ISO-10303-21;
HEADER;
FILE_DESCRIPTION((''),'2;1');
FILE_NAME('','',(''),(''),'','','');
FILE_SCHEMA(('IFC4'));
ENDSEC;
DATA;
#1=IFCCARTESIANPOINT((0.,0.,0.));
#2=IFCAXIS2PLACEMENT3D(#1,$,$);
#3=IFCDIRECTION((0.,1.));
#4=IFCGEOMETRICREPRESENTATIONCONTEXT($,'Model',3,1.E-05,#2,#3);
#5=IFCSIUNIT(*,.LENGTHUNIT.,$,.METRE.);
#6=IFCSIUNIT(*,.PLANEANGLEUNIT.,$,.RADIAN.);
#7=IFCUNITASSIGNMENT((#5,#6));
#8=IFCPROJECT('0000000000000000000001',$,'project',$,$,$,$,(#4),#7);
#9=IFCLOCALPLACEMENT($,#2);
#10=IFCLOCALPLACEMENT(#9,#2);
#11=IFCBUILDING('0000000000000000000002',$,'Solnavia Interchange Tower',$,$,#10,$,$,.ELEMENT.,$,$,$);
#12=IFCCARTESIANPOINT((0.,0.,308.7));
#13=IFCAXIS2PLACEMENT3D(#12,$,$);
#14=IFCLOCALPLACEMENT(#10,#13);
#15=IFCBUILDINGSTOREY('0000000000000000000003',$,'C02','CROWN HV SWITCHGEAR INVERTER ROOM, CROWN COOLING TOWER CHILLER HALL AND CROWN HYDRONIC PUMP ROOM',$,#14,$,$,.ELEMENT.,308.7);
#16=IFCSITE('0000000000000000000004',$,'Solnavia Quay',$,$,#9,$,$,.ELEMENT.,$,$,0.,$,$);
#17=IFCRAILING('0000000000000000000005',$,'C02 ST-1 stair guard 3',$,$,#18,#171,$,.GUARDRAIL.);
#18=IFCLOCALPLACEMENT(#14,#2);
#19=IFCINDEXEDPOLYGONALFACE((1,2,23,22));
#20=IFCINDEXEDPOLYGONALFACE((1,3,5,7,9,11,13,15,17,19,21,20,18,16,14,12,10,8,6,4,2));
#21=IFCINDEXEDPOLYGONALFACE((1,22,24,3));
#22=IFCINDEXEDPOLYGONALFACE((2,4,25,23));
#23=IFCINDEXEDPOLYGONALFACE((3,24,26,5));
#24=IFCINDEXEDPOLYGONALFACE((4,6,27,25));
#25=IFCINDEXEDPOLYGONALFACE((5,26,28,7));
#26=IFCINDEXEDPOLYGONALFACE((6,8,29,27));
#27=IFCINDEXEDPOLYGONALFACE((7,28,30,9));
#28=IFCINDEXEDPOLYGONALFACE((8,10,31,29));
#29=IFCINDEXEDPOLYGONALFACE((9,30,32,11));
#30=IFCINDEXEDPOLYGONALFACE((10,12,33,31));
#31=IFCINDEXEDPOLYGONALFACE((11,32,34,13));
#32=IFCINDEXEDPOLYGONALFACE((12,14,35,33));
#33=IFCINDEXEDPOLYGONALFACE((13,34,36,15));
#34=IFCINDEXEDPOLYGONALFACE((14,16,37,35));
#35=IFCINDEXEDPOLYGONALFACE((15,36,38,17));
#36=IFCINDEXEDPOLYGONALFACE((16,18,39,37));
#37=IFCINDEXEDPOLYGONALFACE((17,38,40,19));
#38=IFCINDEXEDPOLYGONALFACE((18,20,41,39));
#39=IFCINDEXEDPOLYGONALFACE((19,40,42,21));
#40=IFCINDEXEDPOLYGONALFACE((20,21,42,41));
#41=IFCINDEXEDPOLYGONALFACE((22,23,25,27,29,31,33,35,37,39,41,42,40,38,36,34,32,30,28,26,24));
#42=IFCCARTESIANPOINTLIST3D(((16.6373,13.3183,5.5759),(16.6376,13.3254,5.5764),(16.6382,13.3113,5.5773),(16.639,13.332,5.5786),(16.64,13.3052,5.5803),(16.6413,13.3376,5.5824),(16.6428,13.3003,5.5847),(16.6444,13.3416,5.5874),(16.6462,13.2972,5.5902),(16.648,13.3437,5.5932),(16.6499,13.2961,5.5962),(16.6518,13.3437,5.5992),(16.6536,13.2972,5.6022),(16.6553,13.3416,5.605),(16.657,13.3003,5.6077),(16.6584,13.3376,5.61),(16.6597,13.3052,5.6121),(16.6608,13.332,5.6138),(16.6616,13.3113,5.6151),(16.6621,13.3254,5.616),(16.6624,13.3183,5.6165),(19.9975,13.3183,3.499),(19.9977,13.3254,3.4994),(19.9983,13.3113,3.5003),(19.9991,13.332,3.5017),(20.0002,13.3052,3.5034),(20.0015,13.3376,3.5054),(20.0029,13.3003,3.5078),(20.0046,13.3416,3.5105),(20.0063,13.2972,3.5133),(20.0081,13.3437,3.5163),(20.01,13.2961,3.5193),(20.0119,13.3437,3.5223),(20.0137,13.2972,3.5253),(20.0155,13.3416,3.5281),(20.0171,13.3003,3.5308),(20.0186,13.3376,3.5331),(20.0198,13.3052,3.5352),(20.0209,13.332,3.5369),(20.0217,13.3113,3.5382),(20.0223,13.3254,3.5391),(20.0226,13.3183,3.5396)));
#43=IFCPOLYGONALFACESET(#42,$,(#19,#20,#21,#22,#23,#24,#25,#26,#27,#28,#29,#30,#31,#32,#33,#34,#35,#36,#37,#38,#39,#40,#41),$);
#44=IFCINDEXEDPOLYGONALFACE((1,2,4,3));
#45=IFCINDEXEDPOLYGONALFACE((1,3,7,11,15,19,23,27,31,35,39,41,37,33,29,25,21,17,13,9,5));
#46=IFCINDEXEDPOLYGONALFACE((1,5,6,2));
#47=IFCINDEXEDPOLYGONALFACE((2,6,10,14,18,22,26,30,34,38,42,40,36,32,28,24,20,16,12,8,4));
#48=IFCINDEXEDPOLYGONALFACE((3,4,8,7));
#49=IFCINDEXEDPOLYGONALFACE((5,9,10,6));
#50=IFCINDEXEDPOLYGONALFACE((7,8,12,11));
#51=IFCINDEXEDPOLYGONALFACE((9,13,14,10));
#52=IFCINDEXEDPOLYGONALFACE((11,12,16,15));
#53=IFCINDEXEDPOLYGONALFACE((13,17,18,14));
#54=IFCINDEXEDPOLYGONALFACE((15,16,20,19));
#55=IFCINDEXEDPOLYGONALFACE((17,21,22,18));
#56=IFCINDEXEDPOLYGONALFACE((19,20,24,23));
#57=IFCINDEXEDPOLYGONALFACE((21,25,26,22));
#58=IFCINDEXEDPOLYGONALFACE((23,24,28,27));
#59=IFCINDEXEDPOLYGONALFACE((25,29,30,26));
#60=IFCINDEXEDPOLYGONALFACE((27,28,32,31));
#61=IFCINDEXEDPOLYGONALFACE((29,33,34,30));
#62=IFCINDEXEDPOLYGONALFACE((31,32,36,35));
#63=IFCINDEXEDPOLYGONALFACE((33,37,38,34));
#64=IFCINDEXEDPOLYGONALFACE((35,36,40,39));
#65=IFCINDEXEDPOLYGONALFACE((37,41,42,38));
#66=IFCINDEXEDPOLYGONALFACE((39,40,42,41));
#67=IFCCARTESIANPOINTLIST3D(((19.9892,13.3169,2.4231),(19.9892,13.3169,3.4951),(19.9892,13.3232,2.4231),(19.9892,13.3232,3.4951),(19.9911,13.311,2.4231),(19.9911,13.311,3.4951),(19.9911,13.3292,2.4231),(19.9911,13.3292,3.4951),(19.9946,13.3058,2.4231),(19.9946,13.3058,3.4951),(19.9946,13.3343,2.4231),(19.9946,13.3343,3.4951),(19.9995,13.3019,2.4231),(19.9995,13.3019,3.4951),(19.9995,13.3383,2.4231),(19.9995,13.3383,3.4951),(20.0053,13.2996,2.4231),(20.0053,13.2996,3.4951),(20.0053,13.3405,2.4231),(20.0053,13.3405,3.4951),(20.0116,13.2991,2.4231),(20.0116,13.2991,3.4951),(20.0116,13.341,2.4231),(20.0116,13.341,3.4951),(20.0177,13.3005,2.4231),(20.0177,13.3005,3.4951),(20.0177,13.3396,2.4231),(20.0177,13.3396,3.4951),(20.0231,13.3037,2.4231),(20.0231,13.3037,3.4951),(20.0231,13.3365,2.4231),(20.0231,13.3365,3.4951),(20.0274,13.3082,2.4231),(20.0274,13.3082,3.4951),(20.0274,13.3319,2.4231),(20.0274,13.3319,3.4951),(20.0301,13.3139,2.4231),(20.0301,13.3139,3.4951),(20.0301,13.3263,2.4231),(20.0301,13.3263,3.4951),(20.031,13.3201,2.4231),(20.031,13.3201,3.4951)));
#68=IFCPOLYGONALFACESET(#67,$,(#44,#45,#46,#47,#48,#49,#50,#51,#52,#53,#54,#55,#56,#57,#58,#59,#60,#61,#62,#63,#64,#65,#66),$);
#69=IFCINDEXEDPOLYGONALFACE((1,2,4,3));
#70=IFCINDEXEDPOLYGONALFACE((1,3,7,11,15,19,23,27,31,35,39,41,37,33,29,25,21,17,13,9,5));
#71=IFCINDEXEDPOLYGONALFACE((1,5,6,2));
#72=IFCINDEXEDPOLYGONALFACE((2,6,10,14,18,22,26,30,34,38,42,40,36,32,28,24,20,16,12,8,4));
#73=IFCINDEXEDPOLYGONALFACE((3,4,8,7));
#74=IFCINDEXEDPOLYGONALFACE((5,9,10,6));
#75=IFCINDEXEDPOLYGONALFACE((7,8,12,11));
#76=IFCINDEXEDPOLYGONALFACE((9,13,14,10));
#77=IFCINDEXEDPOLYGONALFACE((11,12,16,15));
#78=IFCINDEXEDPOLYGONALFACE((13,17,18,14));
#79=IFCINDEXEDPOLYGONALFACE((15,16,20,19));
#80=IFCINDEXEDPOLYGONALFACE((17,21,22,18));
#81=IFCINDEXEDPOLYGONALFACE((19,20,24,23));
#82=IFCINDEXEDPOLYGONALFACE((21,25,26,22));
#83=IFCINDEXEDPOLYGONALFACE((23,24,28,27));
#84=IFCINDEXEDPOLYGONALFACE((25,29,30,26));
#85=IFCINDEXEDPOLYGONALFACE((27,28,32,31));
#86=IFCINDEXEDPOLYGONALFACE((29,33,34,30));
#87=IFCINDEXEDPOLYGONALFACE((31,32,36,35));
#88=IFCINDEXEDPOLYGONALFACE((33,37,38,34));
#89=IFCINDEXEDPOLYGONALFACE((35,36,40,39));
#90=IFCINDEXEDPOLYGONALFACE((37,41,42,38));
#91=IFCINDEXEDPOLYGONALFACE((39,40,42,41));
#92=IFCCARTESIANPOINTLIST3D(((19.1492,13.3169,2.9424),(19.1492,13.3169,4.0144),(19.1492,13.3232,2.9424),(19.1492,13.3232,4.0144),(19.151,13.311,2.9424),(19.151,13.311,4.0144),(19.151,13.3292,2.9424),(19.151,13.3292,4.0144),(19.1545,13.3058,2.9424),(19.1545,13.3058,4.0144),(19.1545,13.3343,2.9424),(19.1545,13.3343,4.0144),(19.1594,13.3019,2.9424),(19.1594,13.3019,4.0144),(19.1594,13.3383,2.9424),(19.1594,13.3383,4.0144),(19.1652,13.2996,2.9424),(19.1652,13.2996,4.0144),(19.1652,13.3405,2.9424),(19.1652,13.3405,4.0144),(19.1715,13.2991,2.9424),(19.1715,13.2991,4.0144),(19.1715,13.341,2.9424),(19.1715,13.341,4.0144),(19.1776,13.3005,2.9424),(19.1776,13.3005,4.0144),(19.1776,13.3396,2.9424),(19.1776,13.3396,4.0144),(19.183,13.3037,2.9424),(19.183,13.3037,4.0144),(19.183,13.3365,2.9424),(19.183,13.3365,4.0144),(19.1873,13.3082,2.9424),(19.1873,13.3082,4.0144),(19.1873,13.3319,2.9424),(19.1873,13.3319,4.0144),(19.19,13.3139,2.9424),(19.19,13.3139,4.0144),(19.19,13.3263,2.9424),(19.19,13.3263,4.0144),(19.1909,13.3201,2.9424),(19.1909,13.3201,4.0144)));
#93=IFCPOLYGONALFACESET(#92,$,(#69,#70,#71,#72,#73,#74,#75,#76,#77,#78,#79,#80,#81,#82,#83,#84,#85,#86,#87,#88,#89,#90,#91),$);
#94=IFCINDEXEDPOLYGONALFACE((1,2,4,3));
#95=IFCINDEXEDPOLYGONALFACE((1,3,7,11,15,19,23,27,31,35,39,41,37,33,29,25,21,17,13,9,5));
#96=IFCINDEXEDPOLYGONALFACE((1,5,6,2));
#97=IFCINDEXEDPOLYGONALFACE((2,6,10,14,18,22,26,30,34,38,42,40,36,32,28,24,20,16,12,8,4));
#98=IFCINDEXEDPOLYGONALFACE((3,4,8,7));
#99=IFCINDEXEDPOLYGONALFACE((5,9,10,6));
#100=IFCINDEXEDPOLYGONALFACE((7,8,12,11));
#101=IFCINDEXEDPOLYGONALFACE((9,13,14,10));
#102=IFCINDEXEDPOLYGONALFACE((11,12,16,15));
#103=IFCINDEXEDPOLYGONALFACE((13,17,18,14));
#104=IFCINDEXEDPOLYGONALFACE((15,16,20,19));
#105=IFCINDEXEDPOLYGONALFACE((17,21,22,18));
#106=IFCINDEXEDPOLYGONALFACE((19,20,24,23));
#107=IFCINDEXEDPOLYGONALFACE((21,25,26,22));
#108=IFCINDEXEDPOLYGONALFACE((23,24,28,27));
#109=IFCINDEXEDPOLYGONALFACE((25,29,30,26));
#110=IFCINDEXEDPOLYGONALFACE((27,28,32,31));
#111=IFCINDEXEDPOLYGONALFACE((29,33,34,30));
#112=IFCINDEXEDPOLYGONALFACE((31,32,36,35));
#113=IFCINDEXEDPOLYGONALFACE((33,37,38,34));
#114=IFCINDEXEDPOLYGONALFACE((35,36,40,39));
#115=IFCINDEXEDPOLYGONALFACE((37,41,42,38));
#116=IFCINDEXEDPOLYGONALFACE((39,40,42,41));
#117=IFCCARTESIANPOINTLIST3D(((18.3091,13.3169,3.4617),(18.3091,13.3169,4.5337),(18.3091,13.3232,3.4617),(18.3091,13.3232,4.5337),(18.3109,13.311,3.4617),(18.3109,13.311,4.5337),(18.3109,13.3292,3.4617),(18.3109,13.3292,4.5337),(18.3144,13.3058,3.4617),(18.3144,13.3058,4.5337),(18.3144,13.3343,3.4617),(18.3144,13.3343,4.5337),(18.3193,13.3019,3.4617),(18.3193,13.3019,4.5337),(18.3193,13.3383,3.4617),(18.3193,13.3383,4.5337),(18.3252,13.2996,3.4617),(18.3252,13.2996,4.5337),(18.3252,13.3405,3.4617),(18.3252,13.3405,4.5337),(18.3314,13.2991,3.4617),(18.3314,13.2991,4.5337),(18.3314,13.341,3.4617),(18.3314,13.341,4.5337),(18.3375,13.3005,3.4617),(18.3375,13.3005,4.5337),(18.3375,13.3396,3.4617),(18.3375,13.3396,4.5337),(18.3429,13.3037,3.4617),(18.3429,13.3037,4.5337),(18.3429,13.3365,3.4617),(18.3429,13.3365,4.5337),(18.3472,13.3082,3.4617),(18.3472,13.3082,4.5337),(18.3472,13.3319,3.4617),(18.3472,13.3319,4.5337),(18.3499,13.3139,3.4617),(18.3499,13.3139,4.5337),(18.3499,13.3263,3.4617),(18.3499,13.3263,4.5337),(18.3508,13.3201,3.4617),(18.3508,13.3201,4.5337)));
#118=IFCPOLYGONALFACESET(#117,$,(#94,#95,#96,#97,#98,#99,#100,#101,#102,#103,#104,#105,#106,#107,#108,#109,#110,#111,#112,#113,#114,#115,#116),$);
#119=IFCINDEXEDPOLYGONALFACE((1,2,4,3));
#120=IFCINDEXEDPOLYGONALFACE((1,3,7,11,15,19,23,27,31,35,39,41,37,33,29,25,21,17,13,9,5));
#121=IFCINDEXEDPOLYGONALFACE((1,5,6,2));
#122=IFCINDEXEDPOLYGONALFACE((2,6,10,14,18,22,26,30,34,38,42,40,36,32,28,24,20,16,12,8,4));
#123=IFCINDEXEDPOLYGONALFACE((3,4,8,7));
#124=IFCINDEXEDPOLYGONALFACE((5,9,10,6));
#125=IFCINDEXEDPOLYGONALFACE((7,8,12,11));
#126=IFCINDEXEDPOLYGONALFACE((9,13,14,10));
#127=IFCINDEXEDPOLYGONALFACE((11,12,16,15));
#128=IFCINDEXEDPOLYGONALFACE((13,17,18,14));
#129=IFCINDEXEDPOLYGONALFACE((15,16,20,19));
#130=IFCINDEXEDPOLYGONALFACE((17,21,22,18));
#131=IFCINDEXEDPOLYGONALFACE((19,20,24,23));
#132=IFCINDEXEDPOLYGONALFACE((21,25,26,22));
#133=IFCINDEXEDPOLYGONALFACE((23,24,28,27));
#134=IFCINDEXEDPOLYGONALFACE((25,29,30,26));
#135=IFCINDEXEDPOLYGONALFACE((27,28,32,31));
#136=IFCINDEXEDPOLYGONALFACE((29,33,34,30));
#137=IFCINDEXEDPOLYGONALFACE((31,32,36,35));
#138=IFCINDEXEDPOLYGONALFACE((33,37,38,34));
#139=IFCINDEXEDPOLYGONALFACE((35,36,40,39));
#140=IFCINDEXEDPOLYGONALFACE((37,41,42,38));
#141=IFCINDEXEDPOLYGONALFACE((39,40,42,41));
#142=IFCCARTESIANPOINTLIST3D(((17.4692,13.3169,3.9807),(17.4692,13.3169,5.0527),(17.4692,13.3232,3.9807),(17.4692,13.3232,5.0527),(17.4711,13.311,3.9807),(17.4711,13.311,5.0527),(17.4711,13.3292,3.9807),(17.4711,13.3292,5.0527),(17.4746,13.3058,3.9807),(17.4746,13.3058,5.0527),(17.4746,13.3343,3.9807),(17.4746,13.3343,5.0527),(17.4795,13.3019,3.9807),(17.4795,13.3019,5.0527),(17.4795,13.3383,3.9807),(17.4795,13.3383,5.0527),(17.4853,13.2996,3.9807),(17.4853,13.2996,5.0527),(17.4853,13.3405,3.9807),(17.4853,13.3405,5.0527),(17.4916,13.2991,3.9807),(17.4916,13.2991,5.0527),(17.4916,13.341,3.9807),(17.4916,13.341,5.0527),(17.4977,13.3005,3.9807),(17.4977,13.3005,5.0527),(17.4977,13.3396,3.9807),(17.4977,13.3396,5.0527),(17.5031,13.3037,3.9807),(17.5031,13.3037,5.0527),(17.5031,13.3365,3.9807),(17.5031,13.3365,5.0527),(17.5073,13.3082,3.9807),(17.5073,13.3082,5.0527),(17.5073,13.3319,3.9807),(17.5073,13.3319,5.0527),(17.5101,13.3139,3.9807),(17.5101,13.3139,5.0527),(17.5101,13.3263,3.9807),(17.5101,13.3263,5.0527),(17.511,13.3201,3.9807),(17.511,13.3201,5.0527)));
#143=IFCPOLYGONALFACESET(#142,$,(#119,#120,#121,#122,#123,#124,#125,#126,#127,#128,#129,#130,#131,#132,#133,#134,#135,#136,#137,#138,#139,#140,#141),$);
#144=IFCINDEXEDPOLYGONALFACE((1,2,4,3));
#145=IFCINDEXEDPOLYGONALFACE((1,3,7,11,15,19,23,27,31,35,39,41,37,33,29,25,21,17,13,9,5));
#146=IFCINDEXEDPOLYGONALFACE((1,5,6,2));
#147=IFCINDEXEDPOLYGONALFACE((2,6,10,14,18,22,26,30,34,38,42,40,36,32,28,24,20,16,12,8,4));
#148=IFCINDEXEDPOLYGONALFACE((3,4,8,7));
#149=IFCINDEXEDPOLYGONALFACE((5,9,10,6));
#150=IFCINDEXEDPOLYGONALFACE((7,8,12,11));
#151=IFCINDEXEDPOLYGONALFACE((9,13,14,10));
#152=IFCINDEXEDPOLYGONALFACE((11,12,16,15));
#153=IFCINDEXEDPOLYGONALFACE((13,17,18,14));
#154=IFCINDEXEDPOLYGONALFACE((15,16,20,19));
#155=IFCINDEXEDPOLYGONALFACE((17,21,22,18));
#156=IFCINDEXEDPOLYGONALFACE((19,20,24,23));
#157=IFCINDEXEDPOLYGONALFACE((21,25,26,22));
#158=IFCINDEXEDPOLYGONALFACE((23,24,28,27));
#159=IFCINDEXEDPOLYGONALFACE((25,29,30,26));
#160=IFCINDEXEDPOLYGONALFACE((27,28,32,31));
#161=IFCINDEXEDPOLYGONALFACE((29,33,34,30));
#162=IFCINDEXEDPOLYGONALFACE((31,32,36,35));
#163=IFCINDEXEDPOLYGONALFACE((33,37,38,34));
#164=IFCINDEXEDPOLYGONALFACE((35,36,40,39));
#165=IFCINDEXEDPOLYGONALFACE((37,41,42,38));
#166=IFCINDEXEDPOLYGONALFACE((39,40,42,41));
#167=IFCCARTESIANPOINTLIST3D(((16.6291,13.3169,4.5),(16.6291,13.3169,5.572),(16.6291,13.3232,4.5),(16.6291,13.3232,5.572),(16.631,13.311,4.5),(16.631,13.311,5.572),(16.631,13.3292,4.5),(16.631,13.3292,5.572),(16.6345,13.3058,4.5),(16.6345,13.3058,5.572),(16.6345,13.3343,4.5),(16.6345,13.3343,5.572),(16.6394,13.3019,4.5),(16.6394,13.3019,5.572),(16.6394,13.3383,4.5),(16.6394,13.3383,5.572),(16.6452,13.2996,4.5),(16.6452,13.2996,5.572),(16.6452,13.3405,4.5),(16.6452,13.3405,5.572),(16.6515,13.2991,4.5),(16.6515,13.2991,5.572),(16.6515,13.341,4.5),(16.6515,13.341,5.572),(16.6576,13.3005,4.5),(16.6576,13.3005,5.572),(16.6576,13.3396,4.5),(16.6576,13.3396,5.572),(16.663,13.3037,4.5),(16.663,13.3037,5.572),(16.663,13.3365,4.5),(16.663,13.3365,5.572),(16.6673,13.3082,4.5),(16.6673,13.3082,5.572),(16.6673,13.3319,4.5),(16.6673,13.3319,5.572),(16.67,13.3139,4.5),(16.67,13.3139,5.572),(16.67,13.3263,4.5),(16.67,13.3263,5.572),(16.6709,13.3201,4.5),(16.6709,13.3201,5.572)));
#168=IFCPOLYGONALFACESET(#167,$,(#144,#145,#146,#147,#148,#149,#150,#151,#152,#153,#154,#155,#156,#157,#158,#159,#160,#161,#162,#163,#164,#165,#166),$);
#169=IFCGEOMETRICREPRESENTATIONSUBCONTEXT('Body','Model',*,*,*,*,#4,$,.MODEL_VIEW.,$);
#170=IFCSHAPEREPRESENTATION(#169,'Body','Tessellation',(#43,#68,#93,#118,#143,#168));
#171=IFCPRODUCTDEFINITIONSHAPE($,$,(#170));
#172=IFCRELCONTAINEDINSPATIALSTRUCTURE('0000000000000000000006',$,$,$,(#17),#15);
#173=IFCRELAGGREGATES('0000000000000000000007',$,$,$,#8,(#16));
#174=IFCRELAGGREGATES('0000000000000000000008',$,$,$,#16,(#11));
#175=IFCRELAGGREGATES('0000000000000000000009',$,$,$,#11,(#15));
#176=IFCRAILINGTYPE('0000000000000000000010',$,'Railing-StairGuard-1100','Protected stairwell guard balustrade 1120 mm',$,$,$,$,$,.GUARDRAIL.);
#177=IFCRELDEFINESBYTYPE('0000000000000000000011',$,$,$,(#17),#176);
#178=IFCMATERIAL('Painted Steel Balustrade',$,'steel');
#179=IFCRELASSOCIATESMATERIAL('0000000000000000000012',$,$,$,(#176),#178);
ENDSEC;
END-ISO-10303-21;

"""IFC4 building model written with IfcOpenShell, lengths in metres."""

from ifc_helpers import new_model, si_unit, direction, frame, origin, origin_2d, place, context, subcontext, project, spatial, circle, extrude, material, type_object, element, save


model = new_model("IFC4")

# Units and contexts
model_context = context("Model", 3, precision=1e-05, world=origin(), true_north=direction((0.0, 1.0)))
body_context = subcontext(model_context, "Body", "Model", "MODEL_VIEW")
ifc_project = project(units=[si_unit("LENGTHUNIT", "METRE"), si_unit("PLANEANGLEUNIT", "RADIAN")], contexts=[model_context])

# Site, building, storey
site_placement = place(None, origin())
site = spatial("IfcSite", under=ifc_project, at=site_placement, Name="Solnavia Quay", CompositionType="ELEMENT", RefElevation=0.0)
building_placement = place(site_placement, origin())
building = spatial("IfcBuilding", under=site, at=building_placement, Name="Solnavia Interchange Tower", CompositionType="ELEMENT")
storey_placement = place(building_placement, frame((0.0, 0.0, 308.7)))
storey = spatial("IfcBuildingStorey", under=building, at=storey_placement, Name="C02", Description="CROWN HV SWITCHGEAR INVERTER ROOM, CROWN COOLING TOWER CHILLER HALL AND CROWN HYDRONIC PUMP ROOM", CompositionType="ELEMENT", Elevation=308.7)

# Railing
ifc_material_1 = material(Name="Painted Steel Balustrade", Category="steel")
railing_type_1 = type_object("IfcRailingType", Name="Railing-StairGuard-1100", Description="Protected stairwell guard balustrade 1120 mm", PredefinedType="GUARDRAIL", material=ifc_material_1)
railing_1_placement = place(storey_placement, frame((20.01, 13.3201, 2.4231)))
element("IfcRailing", 1, at=railing_1_placement, inside=storey, type_object=railing_type_1, Name="C02 ST-1 stair guard 3", PredefinedType="GUARDRAIL", context=body_context, shape_type="SweptSolid", body=[
    extrude(circle(Radius=0.0239, at=origin_2d()), frame((0.0, 0.0, 1.0962), z_axis=(-0.850623, 0.0, 0.525776), x_axis=(0.0, -1.0, 0.0)), (0.0, 0.0, 1.0), 3.9502),
    extrude(circle(Radius=0.021, at=origin_2d()), origin(), (0.0, 0.0, 1.0), 1.072),
    extrude(circle(Radius=0.021, at=origin_2d()), frame((-0.8401, 0.0, 0.5193)), (0.0, 0.0, 1.0), 1.072),
    extrude(circle(Radius=0.021, at=origin_2d()), frame((-1.6802, 0.0, 1.0386)), (0.0, 0.0, 1.0), 1.072),
    extrude(circle(Radius=0.021, at=origin_2d()), frame((-2.52, 0.0, 1.5576)), (0.0, 0.0, 1.0), 1.072),
    extrude(circle(Radius=0.021, at=origin_2d()), frame((-3.3601, 0.0, 2.0769)), (0.0, 0.0, 1.0), 1.072),
])

save(model, "model.ifc")
